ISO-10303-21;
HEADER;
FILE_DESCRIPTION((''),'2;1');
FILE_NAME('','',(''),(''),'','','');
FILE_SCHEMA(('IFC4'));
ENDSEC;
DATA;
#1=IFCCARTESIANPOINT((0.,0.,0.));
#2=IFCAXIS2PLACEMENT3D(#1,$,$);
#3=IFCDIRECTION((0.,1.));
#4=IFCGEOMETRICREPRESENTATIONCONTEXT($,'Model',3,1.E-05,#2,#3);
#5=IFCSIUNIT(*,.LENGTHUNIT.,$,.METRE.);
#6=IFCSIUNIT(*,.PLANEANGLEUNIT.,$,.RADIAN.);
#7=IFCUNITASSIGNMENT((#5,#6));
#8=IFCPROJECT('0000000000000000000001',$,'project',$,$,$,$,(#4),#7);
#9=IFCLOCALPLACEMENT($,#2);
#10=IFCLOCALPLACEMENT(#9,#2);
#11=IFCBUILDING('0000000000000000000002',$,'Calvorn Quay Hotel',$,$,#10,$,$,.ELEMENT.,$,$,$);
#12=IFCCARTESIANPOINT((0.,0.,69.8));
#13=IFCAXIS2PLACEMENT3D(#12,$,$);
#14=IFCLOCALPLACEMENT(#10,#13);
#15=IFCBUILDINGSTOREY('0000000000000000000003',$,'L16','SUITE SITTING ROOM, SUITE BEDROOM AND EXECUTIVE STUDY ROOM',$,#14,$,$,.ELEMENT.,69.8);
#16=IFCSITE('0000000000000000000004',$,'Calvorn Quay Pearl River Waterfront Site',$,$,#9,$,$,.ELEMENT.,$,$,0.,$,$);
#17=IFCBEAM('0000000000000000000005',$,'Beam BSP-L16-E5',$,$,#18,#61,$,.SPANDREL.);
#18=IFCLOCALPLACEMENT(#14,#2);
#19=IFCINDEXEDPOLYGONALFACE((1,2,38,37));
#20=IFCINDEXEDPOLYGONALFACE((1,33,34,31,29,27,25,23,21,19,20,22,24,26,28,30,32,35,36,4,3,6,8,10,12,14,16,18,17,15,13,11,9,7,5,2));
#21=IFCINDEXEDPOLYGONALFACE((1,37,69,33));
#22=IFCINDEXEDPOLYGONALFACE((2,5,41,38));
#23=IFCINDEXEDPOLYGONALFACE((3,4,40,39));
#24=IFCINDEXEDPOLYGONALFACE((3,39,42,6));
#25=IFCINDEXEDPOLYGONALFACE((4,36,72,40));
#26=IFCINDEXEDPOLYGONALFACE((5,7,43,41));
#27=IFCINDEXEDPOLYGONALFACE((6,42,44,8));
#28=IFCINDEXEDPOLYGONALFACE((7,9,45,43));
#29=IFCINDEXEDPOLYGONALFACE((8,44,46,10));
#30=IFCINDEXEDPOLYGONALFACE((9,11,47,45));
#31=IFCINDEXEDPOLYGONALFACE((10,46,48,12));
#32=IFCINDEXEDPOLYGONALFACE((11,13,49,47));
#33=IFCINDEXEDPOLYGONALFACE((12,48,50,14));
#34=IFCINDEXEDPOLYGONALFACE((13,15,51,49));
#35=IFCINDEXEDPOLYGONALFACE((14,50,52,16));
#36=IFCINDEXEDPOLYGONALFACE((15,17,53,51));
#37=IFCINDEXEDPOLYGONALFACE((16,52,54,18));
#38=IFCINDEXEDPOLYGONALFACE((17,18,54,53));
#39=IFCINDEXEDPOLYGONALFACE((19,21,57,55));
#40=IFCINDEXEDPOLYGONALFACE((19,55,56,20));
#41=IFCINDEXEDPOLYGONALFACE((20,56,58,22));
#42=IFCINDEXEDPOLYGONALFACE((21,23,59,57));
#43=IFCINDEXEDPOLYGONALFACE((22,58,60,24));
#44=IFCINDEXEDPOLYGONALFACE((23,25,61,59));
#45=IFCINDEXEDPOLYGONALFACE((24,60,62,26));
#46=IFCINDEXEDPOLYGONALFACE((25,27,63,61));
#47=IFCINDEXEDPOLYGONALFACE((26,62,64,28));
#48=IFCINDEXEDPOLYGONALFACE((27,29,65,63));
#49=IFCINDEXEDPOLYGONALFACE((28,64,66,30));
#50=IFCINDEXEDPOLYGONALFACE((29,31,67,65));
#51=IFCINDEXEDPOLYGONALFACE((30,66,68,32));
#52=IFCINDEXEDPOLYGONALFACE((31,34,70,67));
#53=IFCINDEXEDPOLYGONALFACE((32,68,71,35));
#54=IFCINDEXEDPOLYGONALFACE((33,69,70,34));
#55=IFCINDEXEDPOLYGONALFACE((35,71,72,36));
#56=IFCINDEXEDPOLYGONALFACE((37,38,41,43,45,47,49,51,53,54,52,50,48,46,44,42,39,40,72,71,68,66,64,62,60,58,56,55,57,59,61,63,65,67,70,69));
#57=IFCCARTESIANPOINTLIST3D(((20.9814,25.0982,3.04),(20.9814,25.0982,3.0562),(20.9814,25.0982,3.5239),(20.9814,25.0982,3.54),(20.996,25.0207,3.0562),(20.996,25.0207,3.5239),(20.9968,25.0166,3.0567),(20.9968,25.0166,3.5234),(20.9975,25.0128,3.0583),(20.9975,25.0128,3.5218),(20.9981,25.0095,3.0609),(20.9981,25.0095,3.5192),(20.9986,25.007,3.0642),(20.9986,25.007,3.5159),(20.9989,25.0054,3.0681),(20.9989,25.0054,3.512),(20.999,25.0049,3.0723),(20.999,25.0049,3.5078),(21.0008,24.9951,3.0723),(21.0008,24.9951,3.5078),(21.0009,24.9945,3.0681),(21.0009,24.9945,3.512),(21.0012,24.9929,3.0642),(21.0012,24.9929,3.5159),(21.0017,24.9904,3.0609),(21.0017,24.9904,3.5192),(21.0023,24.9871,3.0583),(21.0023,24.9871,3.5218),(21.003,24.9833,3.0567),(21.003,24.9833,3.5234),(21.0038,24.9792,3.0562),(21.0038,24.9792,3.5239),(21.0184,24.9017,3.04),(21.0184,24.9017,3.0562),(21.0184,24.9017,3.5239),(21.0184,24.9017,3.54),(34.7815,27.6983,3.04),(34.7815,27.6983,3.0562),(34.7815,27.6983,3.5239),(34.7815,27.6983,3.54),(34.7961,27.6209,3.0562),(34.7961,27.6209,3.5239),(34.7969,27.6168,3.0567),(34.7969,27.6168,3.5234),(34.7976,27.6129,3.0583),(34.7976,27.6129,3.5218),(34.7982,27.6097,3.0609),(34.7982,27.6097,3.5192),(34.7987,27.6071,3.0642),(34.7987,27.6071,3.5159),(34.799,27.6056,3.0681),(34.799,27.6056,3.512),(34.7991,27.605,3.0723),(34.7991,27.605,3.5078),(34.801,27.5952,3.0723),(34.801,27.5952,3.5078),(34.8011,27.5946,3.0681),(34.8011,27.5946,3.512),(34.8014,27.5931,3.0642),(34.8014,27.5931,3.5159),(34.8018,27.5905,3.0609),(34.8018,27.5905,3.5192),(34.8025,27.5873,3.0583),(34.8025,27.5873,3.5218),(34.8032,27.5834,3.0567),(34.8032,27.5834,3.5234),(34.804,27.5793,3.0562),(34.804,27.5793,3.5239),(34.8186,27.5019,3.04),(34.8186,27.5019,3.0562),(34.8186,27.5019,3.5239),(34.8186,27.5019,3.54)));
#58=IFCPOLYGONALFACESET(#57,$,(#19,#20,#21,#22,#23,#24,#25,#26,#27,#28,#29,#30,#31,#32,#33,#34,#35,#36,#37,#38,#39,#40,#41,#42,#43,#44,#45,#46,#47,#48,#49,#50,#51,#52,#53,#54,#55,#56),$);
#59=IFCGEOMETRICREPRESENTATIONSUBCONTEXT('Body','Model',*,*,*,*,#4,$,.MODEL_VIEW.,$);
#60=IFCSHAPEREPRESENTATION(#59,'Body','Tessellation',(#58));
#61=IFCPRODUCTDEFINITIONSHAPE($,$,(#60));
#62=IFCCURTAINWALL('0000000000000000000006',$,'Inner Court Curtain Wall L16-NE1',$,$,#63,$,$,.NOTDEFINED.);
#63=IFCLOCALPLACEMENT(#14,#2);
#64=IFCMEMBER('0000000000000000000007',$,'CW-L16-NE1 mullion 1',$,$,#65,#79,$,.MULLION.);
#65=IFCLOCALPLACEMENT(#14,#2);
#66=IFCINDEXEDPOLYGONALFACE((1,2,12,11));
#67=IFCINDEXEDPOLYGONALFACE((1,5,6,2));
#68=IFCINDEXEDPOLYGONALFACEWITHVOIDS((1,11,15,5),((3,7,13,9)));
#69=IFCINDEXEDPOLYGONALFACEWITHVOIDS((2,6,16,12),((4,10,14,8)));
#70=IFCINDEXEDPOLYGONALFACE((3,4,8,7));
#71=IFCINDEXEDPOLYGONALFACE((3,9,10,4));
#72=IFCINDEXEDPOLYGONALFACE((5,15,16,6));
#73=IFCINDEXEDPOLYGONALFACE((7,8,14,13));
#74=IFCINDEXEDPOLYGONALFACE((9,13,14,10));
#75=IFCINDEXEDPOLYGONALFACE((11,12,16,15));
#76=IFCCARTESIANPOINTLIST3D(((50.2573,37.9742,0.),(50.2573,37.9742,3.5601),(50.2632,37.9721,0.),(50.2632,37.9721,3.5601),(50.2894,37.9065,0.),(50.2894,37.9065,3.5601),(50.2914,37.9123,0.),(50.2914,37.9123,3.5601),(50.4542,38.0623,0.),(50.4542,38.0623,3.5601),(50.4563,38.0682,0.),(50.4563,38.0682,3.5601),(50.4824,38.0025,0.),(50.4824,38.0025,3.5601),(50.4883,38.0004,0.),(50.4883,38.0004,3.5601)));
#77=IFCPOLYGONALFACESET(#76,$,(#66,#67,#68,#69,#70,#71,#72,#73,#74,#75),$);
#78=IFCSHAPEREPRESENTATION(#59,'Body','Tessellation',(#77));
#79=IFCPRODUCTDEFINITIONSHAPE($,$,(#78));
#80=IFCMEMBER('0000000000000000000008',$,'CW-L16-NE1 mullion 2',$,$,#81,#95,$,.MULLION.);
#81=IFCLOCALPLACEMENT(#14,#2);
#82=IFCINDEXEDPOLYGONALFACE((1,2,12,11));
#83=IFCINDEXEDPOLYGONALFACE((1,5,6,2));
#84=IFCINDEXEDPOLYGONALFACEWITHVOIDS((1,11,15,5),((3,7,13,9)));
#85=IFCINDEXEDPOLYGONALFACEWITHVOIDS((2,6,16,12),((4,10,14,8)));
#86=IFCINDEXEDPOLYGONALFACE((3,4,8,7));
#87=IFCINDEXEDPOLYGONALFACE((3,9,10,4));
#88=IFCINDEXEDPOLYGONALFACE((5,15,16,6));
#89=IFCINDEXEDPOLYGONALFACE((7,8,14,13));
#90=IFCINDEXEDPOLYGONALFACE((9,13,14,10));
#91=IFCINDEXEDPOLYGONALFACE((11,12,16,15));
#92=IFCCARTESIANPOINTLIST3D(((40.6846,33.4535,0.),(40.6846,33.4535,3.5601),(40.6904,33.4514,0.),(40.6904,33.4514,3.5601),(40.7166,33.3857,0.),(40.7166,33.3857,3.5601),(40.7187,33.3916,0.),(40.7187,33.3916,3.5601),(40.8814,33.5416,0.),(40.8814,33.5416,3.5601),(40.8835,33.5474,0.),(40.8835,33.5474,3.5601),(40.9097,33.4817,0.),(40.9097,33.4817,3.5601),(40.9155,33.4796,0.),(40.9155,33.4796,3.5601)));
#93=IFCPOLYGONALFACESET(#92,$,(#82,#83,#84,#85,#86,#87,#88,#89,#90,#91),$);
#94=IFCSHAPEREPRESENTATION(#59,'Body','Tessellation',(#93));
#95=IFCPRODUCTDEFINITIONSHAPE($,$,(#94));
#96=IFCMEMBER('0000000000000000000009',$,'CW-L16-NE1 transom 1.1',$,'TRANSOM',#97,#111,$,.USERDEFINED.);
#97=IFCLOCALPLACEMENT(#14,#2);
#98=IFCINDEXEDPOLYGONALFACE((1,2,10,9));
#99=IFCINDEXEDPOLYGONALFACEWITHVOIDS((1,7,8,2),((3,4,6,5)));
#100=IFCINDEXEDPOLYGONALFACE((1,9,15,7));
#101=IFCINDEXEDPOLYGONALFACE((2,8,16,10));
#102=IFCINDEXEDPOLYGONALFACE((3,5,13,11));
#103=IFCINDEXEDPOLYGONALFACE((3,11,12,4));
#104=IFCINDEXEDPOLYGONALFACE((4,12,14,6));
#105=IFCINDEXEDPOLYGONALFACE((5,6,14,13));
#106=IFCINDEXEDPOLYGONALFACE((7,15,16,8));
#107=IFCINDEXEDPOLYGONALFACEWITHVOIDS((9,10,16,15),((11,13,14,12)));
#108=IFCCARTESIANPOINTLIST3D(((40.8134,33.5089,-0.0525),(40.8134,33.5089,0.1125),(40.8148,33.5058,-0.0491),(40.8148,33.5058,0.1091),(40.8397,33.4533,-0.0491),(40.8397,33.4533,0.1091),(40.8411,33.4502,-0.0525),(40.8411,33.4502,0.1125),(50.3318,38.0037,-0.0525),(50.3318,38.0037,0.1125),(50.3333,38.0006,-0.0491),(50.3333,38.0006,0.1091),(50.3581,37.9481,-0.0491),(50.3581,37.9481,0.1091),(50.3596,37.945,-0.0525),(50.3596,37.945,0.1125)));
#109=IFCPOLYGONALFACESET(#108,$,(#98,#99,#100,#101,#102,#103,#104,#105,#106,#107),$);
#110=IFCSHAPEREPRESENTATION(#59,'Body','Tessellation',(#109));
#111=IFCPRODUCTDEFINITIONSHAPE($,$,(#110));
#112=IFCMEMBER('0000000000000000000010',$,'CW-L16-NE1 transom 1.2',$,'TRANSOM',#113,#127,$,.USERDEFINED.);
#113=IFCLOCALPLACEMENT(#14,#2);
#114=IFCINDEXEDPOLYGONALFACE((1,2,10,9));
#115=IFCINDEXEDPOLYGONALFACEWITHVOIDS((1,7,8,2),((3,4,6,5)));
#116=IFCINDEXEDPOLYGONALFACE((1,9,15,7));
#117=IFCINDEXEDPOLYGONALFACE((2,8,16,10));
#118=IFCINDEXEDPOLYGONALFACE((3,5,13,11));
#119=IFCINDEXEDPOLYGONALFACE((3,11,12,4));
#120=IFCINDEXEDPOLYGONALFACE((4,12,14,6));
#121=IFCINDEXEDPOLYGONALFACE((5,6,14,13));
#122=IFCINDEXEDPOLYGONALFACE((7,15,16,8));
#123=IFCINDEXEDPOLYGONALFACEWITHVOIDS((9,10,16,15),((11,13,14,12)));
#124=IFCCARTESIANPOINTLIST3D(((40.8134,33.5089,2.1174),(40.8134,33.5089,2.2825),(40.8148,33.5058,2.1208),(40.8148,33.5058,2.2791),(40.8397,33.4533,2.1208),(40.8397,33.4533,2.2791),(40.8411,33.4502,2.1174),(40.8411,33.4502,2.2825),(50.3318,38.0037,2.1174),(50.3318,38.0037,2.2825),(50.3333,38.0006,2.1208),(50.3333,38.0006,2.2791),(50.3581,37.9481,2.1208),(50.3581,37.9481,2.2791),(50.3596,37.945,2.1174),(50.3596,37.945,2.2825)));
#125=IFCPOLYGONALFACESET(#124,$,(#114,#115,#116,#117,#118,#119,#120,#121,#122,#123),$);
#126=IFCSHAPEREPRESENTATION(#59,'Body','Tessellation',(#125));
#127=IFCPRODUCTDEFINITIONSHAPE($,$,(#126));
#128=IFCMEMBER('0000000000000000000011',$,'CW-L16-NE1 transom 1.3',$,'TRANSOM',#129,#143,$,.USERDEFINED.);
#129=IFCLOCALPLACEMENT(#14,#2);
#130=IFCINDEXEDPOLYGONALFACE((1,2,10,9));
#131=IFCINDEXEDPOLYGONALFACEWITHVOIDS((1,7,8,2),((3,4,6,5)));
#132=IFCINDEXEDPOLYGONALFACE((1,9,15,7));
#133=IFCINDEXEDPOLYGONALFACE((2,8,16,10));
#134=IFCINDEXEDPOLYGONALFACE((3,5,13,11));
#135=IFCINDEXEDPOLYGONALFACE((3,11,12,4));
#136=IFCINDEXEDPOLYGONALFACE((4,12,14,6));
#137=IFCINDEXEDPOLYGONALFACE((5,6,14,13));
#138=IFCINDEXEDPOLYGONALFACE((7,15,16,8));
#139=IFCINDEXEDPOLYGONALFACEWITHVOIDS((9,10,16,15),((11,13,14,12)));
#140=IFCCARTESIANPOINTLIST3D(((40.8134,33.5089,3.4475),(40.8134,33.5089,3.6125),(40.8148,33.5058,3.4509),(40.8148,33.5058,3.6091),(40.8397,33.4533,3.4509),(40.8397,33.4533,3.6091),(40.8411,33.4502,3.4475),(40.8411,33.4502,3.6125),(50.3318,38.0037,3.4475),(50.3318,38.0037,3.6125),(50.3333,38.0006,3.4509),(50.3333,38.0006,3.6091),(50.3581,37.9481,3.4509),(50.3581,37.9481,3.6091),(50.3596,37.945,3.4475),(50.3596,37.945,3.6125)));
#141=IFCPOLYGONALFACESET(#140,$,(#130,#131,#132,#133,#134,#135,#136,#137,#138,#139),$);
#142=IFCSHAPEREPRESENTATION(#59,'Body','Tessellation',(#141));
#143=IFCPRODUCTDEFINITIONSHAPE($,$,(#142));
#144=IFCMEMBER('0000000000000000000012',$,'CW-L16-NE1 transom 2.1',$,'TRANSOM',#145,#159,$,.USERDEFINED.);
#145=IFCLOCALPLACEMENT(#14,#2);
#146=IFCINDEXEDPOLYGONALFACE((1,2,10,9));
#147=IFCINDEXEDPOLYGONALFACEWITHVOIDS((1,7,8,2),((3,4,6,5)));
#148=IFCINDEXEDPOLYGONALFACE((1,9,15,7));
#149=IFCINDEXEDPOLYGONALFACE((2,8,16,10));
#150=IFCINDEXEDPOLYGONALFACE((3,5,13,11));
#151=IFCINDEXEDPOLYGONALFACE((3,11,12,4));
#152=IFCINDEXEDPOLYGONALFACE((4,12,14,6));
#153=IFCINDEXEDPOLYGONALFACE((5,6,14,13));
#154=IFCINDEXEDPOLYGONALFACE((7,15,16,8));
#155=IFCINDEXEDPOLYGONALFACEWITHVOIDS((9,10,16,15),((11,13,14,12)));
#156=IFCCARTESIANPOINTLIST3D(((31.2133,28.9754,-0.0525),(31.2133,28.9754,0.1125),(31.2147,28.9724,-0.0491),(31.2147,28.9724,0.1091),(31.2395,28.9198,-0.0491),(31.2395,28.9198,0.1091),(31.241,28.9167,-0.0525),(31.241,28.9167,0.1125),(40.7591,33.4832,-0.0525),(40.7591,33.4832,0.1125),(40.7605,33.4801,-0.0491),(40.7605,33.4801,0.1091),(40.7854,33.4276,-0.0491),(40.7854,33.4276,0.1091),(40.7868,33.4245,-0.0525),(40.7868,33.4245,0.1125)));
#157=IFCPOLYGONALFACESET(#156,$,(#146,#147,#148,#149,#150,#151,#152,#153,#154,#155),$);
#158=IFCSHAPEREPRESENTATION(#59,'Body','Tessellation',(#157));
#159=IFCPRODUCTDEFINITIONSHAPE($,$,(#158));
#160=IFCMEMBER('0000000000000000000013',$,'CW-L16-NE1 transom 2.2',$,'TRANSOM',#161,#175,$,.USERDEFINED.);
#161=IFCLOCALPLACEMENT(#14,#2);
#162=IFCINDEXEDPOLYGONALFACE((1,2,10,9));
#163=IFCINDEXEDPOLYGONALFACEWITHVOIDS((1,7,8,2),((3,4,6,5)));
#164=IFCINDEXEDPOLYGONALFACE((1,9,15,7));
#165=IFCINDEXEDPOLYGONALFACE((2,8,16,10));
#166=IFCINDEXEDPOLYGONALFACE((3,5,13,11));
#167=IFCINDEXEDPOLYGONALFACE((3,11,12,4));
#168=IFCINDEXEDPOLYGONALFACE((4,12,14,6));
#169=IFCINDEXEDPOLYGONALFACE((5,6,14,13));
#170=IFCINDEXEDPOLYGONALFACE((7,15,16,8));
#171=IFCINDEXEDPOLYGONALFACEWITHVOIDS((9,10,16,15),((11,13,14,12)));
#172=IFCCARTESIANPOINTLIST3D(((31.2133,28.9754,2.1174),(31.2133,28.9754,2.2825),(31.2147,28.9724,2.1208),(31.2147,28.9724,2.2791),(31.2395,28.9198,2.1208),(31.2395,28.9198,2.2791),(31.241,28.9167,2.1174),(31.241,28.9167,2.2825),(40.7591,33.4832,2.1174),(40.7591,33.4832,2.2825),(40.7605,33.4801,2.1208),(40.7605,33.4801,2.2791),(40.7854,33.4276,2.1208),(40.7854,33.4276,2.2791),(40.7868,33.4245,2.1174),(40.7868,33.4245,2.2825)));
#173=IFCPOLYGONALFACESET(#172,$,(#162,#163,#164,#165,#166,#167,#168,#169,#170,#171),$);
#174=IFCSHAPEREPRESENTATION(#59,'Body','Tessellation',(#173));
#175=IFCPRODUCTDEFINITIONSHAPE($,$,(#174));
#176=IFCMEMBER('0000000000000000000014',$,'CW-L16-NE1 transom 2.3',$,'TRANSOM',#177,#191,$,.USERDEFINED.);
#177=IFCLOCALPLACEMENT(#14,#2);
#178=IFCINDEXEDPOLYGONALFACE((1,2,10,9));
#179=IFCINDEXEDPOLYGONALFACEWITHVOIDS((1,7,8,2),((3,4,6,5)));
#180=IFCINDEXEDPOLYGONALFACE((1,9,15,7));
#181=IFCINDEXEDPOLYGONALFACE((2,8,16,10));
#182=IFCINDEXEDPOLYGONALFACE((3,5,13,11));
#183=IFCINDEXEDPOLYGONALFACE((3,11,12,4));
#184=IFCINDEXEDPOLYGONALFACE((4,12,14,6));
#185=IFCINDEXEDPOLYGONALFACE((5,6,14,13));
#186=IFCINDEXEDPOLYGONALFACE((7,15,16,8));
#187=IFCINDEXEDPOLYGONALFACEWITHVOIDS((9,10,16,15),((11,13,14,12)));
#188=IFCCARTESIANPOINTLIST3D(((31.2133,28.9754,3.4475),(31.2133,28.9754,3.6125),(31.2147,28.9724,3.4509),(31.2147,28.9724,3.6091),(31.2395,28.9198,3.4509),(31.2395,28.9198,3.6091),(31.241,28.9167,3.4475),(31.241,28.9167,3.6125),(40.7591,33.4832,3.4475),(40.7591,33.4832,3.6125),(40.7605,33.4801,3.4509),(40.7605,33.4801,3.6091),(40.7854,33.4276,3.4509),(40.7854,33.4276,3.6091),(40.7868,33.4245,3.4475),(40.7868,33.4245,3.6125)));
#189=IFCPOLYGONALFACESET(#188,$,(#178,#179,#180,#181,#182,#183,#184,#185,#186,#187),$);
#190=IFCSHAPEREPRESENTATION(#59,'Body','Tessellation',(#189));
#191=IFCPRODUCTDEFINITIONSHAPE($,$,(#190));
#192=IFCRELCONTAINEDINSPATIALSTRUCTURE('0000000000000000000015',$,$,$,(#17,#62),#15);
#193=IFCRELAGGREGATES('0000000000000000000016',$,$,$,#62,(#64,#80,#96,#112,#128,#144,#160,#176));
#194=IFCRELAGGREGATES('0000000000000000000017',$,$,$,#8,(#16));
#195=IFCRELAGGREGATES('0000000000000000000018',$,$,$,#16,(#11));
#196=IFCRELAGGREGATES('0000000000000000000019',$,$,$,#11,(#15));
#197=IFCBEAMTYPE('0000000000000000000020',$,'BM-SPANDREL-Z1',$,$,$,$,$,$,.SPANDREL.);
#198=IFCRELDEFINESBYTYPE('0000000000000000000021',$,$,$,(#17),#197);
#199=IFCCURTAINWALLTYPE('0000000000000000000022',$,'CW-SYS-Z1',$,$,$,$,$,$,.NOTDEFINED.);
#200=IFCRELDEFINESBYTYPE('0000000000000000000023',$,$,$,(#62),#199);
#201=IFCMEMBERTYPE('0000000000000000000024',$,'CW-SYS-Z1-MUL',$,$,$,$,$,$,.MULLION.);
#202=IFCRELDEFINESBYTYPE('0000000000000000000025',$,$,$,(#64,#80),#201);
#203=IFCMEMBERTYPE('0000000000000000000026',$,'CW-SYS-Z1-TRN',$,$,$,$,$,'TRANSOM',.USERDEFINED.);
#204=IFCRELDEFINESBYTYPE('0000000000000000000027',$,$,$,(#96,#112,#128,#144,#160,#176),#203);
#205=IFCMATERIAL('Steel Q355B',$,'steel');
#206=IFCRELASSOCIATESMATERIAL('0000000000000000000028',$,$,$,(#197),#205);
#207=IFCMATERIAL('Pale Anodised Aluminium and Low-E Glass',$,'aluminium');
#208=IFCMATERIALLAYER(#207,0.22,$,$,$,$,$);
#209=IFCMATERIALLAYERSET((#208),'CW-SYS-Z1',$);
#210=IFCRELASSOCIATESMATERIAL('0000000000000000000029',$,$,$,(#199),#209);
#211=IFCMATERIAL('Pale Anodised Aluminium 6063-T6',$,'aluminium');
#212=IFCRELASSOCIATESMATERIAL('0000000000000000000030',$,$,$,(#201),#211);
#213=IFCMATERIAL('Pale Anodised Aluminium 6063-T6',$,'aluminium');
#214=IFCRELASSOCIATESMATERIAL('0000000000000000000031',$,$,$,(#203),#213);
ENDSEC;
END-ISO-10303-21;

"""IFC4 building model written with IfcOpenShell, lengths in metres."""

from ifc_helpers import new_model, si_unit, direction, frame, origin, origin_2d, place, context, subcontext, project, spatial, hollow_rectangle, i_section, extrude, material, layer, layer_set, material_profile, profile_set, type_object, element, aggregate, save


model = new_model("IFC4")

# Units and contexts
model_context = context("Model", 3, precision=1e-05, world=origin(), true_north=direction((0.0, 1.0)))
body_context = subcontext(model_context, "Body", "Model", "MODEL_VIEW")
ifc_project = project(units=[si_unit("LENGTHUNIT", "METRE"), si_unit("PLANEANGLEUNIT", "RADIAN")], contexts=[model_context])

# Site, building, storey
site_placement = place(None, origin())
site = spatial("IfcSite", under=ifc_project, at=site_placement, Name="Calvorn Quay Pearl River Waterfront Site", CompositionType="ELEMENT", RefElevation=0.0)
building_placement = place(site_placement, origin())
building = spatial("IfcBuilding", under=site, at=building_placement, Name="Calvorn Quay Hotel", CompositionType="ELEMENT")
storey_placement = place(building_placement, frame((0.0, 0.0, 69.8)))
storey = spatial("IfcBuildingStorey", under=building, at=storey_placement, Name="L16", Description="SUITE SITTING ROOM, SUITE BEDROOM AND EXECUTIVE STUDY ROOM", CompositionType="ELEMENT", Elevation=69.8)

# Beam
ifc_material_1 = material(Name="Steel Q355B", Category="steel")
ifc_material_profile_1 = material_profile(ifc_material_1, i_section(OverallWidth=0.2, OverallDepth=0.5, WebThickness=0.01, FlangeThickness=0.0161, FilletRadius=0.0161, at=origin_2d()), Name="HN500x200x10x16")
ifc_profile_set_1 = profile_set([ifc_material_profile_1], Name="Steel Q355B")
beam_type = type_object("IfcBeamType", Name="BM-SPANDREL-Z1", PredefinedType="SPANDREL", material=ifc_profile_set_1)
beam_1_placement = place(storey_placement, frame((34.8, 27.6001, 3.29), z_axis=(-0.982709, -0.185154, 0.0), x_axis=(0.185154, -0.982709, 0.0)))
element("IfcBeam", 1, at=beam_1_placement, inside=storey, type_object=beam_type, Name="Beam BSP-L16-E5", PredefinedType="SPANDREL", context=body_context, shape_type="SweptSolid", body=[
    extrude(i_section(OverallWidth=0.2, OverallDepth=0.5, WebThickness=0.01, FlangeThickness=0.0161, FilletRadius=0.0161, at=origin_2d()), origin(), (0.0, 0.0, 1.0), 14.043),
])

# Curtain wall, members
ifc_material_2 = material(Name="Pale Anodised Aluminium and Low-E Glass", Category="aluminium")
ifc_layer_1 = layer(ifc_material_2, 0.22)
ifc_layer_set_1 = layer_set([ifc_layer_1], Name="CW-SYS-Z1")
curtain_wall_type = type_object("IfcCurtainWallType", Name="CW-SYS-Z1", PredefinedType="NOTDEFINED", material=ifc_layer_set_1)
curtain_wall_placement = place(storey_placement, origin())
curtain_wall = element("IfcCurtainWall", 2, at=curtain_wall_placement, inside=storey, type_object=curtain_wall_type, Name="Inner Court Curtain Wall L16-NE1", PredefinedType="NOTDEFINED")
ifc_material_3 = material(Name="Pale Anodised Aluminium 6063-T6", Category="aluminium")
ifc_material_profile_2 = material_profile(ifc_material_3, hollow_rectangle(XDim=0.075, YDim=0.22, WallThickness=0.0044, at=origin_2d()), Name="ALU-M220x75x4.5")
ifc_profile_set_2 = profile_set([ifc_material_profile_2], Name="Pale Anodised Aluminium 6063-T6")
member_type_1 = type_object("IfcMemberType", Name="CW-SYS-Z1-MUL", PredefinedType="MULLION", material=ifc_profile_set_2)
member_1_placement = place(storey_placement, frame((50.3728, 37.9873, 0.0), z_axis=(0.0, 0.0, 1.0), x_axis=(0.427006, -0.904249, 0.0)))
member_1 = element("IfcMember", 3, at=member_1_placement, type_object=member_type_1, Name="CW-L16-NE1 mullion 1", PredefinedType="MULLION", context=body_context, shape_type="SweptSolid", body=[
    extrude(hollow_rectangle(XDim=0.075, YDim=0.22, WallThickness=0.0044, at=origin_2d()), origin(), (0.0, 0.0, 1.0), 3.5601),
])
member_2_placement = place(storey_placement, frame((40.8, 33.4666, 0.0), z_axis=(0.0, 0.0, 1.0), x_axis=(0.427006, -0.904249, 0.0)))
member_2 = element("IfcMember", 4, at=member_2_placement, type_object=member_type_1, Name="CW-L16-NE1 mullion 2", PredefinedType="MULLION", context=body_context, shape_type="SweptSolid", body=[
    extrude(hollow_rectangle(XDim=0.075, YDim=0.22, WallThickness=0.0044, at=origin_2d()), origin(), (0.0, 0.0, 1.0), 3.5601),
])
ifc_material_4 = material(Name="Pale Anodised Aluminium 6063-T6", Category="aluminium")
ifc_material_profile_3 = material_profile(ifc_material_4, hollow_rectangle(XDim=0.0649, YDim=0.165, WallThickness=0.0034, at=origin_2d()), Name="ALU-T165x65x3.5")
ifc_profile_set_3 = profile_set([ifc_material_profile_3], Name="Pale Anodised Aluminium 6063-T6")
member_type_2 = type_object("IfcMemberType", Name="CW-SYS-Z1-TRN", ElementType="TRANSOM", PredefinedType="USERDEFINED", material=ifc_profile_set_3)
member_3_placement = place(storey_placement, frame((50.3457, 37.9744, 0.03), z_axis=(-0.904249, -0.427006, 0.0), x_axis=(0.427006, -0.904249, 0.0)))
member_3 = element("IfcMember", 5, at=member_3_placement, type_object=member_type_2, Name="CW-L16-NE1 transom 1.1", ObjectType="TRANSOM", PredefinedType="USERDEFINED", context=body_context, shape_type="SweptSolid", body=[
    extrude(hollow_rectangle(XDim=0.0649, YDim=0.165, WallThickness=0.0034, at=origin_2d()), origin(), (0.0, 0.0, 1.0), 10.5264),
])
member_4_placement = place(storey_placement, frame((50.3457, 37.9744, 2.2), z_axis=(-0.904249, -0.427006, 0.0), x_axis=(0.427006, -0.904249, 0.0)))
member_4 = element("IfcMember", 6, at=member_4_placement, type_object=member_type_2, Name="CW-L16-NE1 transom 1.2", ObjectType="TRANSOM", PredefinedType="USERDEFINED", context=body_context, shape_type="SweptSolid", body=[
    extrude(hollow_rectangle(XDim=0.0649, YDim=0.165, WallThickness=0.0034, at=origin_2d()), origin(), (0.0, 0.0, 1.0), 10.5264),
])
member_5_placement = place(storey_placement, frame((50.3457, 37.9744, 3.53), z_axis=(-0.904249, -0.427006, 0.0), x_axis=(0.427006, -0.904249, 0.0)))
member_5 = element("IfcMember", 7, at=member_5_placement, type_object=member_type_2, Name="CW-L16-NE1 transom 1.3", ObjectType="TRANSOM", PredefinedType="USERDEFINED", context=body_context, shape_type="SweptSolid", body=[
    extrude(hollow_rectangle(XDim=0.0649, YDim=0.165, WallThickness=0.0034, at=origin_2d()), origin(), (0.0, 0.0, 1.0), 10.5264),
])
member_6_placement = place(storey_placement, frame((40.7729, 33.4539, 0.03), z_axis=(-0.904248, -0.427008, 0.0), x_axis=(0.427008, -0.904248, 0.0)))
member_6 = element("IfcMember", 8, at=member_6_placement, type_object=member_type_2, Name="CW-L16-NE1 transom 2.1", ObjectType="TRANSOM", PredefinedType="USERDEFINED", context=body_context, shape_type="SweptSolid", body=[
    extrude(hollow_rectangle(XDim=0.0649, YDim=0.165, WallThickness=0.0034, at=origin_2d()), origin(), (0.0, 0.0, 1.0), 10.5566),
])
member_7_placement = place(storey_placement, frame((40.7729, 33.4539, 2.2), z_axis=(-0.904248, -0.427008, 0.0), x_axis=(0.427008, -0.904248, 0.0)))
member_7 = element("IfcMember", 9, at=member_7_placement, type_object=member_type_2, Name="CW-L16-NE1 transom 2.2", ObjectType="TRANSOM", PredefinedType="USERDEFINED", context=body_context, shape_type="SweptSolid", body=[
    extrude(hollow_rectangle(XDim=0.0649, YDim=0.165, WallThickness=0.0034, at=origin_2d()), origin(), (0.0, 0.0, 1.0), 10.5566),
])
member_8_placement = place(storey_placement, frame((40.7729, 33.4539, 3.53), z_axis=(-0.904248, -0.427008, 0.0), x_axis=(0.427008, -0.904248, 0.0)))
member_8 = element("IfcMember", 10, at=member_8_placement, type_object=member_type_2, Name="CW-L16-NE1 transom 2.3", ObjectType="TRANSOM", PredefinedType="USERDEFINED", context=body_context, shape_type="SweptSolid", body=[
    extrude(hollow_rectangle(XDim=0.0649, YDim=0.165, WallThickness=0.0034, at=origin_2d()), origin(), (0.0, 0.0, 1.0), 10.5566),
])
aggregate(curtain_wall, [member_1, member_2, member_3, member_4, member_5, member_6, member_7, member_8])

save(model, "model.ifc")
